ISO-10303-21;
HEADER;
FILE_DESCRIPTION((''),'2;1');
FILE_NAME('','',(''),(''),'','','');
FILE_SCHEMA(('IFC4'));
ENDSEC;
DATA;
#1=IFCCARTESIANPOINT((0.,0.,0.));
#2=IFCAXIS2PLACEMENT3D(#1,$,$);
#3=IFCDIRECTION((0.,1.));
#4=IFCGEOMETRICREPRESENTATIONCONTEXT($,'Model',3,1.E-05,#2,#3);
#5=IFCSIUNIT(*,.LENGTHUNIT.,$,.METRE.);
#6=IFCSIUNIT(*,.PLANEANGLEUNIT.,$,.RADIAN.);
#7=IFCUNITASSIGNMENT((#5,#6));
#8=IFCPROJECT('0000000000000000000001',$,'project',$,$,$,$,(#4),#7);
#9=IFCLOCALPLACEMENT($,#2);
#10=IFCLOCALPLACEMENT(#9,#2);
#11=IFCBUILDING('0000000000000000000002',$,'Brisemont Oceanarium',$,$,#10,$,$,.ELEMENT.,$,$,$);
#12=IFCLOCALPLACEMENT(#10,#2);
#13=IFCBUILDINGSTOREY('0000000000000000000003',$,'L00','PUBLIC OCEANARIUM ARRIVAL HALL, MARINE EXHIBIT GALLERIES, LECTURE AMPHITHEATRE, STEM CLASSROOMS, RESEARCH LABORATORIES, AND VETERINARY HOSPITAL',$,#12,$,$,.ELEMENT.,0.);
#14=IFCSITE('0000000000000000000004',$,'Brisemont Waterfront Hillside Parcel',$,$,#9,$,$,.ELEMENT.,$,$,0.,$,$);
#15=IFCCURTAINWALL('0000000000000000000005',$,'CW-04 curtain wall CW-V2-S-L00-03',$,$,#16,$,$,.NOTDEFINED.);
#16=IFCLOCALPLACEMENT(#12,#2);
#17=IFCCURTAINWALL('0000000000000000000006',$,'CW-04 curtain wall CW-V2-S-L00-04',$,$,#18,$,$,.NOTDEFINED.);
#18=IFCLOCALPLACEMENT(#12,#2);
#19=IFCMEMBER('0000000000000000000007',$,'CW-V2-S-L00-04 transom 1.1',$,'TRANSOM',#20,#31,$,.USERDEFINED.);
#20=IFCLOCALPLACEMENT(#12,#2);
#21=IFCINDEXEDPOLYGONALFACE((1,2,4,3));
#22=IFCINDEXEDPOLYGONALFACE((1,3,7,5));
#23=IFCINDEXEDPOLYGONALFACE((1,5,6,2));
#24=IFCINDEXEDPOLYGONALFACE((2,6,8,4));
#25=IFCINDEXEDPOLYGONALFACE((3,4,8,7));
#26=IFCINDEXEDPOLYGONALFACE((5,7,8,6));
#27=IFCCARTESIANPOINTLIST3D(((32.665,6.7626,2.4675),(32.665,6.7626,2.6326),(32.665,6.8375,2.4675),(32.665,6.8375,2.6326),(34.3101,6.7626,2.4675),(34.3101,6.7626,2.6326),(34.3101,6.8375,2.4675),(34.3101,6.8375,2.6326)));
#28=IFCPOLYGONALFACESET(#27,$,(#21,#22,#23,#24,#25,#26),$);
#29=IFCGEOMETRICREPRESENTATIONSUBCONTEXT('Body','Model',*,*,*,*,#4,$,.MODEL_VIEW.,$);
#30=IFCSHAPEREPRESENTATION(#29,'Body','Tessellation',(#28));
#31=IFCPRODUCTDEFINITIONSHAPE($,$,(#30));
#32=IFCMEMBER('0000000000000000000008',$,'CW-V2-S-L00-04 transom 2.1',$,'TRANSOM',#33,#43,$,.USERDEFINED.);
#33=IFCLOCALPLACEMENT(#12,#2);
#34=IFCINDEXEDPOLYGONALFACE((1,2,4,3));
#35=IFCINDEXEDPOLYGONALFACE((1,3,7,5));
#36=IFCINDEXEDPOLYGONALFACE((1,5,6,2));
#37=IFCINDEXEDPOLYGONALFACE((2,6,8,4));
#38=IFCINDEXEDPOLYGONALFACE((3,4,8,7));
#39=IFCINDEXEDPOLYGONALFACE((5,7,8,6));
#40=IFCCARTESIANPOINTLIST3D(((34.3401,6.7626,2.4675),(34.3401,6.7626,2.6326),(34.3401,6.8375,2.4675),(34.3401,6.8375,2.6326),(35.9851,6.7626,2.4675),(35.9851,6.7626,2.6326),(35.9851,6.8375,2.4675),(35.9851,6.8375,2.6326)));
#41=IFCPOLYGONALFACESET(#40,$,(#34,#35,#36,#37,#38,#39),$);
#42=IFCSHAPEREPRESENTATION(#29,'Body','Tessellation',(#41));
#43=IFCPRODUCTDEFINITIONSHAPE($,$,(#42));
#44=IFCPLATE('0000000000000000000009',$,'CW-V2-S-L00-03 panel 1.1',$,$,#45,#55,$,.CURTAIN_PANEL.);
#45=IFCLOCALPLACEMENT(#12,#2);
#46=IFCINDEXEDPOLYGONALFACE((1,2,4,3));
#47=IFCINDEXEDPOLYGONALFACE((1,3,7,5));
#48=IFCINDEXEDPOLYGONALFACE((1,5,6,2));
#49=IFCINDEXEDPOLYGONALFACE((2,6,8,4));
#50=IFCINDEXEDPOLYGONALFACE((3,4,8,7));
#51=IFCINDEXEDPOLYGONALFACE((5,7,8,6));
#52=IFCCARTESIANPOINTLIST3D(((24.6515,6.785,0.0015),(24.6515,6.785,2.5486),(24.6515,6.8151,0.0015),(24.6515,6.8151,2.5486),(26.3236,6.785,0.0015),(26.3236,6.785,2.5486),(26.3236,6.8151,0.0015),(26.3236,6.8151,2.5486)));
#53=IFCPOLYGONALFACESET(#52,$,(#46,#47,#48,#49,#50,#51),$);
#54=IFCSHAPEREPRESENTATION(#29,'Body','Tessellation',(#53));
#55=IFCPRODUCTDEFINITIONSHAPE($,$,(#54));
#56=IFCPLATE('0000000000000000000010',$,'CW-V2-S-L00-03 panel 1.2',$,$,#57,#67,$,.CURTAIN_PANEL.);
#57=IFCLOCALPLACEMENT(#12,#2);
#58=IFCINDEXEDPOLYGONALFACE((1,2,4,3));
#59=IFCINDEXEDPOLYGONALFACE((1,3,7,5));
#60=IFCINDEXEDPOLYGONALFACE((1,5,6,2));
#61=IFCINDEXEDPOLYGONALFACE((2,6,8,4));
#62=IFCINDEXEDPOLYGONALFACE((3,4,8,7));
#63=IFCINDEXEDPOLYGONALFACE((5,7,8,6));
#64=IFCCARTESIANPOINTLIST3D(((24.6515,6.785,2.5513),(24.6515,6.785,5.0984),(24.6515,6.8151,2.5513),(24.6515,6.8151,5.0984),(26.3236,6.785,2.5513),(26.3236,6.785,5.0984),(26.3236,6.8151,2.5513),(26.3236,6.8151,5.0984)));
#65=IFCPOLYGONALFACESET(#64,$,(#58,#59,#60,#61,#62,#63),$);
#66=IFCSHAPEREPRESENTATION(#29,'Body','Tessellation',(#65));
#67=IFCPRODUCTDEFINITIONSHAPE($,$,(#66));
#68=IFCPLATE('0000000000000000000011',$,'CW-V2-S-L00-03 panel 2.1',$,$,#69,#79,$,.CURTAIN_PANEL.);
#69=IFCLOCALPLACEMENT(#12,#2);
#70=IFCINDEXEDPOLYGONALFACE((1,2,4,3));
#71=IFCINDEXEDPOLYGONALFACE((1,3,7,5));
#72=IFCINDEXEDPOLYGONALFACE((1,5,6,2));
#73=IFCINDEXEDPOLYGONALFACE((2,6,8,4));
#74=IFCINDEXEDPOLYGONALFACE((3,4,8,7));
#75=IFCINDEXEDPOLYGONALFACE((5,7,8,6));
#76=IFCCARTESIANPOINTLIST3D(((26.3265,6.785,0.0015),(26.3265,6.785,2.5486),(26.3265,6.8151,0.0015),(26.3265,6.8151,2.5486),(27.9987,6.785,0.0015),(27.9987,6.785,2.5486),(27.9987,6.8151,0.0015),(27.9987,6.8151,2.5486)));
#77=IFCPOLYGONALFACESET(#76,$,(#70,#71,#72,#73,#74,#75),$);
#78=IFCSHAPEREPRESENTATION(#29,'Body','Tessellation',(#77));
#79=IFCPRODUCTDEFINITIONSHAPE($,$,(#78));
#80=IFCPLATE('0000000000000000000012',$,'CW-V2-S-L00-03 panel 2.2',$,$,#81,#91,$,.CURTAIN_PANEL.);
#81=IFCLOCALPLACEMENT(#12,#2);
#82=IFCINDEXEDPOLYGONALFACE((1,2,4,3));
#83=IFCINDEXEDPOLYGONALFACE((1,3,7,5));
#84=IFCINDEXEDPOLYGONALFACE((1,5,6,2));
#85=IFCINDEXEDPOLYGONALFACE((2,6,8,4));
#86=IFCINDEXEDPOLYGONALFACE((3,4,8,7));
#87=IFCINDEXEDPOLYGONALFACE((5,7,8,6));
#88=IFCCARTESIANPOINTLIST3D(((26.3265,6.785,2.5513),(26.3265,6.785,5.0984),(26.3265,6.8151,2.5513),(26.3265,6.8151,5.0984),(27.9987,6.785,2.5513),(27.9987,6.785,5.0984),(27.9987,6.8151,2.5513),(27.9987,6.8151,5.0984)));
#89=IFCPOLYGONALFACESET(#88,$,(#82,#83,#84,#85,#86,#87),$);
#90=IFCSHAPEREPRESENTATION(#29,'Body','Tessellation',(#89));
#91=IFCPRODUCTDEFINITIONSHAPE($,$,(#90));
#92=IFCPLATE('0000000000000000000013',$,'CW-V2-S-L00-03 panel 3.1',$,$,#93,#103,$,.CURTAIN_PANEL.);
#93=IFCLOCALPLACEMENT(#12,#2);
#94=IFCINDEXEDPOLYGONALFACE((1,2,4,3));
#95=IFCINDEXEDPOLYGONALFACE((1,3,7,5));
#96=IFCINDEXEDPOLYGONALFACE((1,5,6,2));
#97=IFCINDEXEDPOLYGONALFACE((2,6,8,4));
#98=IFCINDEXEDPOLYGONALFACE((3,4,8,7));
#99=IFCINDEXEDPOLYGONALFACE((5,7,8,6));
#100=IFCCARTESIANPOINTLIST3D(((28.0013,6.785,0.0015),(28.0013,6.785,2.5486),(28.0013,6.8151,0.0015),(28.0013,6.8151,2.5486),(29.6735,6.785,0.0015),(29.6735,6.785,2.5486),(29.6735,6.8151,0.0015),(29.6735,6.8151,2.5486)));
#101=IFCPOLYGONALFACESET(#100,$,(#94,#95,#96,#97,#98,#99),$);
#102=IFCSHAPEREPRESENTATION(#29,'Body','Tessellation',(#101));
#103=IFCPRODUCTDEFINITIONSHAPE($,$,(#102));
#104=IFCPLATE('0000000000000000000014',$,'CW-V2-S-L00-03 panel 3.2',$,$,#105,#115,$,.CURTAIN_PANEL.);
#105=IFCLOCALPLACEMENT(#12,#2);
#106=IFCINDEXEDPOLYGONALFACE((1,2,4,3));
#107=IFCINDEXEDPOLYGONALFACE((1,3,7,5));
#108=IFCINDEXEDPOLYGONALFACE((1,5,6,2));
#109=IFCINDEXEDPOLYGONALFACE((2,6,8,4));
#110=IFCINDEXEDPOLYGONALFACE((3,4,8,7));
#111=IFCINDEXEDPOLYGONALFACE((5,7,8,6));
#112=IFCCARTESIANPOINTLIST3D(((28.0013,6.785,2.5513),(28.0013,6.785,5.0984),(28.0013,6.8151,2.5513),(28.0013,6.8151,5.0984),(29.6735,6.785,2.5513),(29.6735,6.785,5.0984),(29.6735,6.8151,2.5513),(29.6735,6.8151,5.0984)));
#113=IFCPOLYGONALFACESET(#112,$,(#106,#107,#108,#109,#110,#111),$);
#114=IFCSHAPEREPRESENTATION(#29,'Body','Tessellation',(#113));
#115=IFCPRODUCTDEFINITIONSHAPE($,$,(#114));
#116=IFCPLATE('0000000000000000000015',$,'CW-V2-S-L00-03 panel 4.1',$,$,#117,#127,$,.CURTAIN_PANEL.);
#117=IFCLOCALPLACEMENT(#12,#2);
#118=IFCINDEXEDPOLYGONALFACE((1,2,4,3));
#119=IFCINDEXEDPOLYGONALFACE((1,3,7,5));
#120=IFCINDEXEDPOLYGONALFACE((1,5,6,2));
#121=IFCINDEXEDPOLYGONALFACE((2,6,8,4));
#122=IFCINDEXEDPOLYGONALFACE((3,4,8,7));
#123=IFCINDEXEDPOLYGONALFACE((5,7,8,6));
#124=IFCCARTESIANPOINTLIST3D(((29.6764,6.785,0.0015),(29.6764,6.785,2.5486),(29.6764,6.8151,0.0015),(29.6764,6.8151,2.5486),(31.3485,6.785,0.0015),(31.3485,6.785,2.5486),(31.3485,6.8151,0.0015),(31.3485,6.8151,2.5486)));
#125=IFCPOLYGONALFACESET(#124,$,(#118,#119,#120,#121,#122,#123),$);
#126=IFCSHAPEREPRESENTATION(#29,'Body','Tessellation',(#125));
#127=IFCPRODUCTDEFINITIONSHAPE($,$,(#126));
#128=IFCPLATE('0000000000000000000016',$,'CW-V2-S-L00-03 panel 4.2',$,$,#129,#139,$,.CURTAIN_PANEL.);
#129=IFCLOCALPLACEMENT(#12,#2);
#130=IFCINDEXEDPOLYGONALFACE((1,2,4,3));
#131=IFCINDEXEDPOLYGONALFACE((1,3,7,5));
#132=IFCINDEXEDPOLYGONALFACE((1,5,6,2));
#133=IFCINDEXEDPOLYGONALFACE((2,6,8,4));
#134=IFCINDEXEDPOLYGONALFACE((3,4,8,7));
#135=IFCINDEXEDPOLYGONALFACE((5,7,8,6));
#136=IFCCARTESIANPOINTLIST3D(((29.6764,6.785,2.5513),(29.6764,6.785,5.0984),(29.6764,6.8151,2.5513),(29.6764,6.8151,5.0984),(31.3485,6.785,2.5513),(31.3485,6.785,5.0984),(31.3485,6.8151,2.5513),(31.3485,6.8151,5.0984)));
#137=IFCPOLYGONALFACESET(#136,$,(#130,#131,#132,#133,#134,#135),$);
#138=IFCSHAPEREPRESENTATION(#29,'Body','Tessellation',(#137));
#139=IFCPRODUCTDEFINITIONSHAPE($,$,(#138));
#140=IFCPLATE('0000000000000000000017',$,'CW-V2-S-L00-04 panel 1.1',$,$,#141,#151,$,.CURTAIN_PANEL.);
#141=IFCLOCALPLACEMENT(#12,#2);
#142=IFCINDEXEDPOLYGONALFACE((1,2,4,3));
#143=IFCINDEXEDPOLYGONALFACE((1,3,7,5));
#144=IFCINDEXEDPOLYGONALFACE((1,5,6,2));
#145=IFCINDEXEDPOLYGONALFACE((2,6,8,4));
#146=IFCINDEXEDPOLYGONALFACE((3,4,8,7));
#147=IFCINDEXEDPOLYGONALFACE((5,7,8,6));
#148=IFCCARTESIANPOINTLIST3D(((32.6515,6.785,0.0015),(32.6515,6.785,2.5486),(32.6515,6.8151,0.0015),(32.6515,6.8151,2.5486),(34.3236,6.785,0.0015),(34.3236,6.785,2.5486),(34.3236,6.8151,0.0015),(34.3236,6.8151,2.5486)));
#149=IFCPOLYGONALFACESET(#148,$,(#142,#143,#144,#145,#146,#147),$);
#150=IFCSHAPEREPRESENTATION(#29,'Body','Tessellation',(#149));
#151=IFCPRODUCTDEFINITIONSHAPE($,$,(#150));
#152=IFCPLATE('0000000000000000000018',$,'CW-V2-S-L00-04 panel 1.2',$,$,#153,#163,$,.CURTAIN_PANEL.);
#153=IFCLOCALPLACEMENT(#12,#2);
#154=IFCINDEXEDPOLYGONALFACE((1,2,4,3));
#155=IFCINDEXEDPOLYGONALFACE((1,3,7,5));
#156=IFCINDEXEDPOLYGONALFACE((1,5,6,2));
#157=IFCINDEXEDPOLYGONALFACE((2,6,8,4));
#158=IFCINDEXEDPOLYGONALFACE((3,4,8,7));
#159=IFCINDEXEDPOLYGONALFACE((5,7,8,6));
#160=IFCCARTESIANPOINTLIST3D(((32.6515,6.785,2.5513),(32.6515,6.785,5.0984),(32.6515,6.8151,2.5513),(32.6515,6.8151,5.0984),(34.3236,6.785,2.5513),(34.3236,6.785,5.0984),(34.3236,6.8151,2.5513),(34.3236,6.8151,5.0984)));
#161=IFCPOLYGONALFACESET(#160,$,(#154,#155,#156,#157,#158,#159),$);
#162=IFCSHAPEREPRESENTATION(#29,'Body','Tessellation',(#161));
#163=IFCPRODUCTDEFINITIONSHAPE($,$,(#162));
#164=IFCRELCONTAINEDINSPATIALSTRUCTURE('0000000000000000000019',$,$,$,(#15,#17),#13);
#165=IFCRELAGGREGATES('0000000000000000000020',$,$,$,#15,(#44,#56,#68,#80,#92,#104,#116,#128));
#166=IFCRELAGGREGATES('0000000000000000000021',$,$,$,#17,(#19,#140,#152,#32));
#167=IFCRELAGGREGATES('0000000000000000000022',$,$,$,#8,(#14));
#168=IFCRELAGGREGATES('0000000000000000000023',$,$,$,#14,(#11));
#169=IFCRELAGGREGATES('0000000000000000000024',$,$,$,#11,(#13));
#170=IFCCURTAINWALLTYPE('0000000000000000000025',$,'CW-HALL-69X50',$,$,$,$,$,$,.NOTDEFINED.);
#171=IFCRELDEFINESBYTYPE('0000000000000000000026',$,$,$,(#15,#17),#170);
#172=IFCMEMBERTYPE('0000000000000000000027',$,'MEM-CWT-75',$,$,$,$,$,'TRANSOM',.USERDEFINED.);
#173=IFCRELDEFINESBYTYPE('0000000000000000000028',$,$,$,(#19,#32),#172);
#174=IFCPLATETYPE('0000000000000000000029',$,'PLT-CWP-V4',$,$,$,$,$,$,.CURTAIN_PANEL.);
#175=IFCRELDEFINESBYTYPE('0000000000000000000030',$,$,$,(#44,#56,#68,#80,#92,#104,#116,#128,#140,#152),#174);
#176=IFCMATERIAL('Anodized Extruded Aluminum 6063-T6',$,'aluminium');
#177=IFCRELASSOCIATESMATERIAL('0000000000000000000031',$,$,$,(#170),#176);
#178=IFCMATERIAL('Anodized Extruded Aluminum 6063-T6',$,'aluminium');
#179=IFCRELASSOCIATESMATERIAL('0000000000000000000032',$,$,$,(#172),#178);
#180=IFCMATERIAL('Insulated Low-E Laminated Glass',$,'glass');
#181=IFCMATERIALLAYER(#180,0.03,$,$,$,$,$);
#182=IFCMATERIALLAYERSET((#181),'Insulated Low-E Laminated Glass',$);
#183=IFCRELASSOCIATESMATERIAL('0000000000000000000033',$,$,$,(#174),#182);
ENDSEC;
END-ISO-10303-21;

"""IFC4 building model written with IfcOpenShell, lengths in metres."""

from ifc_helpers import new_model, si_unit, direction, frame, origin, origin_2d, place, context, subcontext, project, spatial, rectangle, extrude, material, layer, layer_set, material_profile, profile_set, type_object, element, aggregate, save


model = new_model("IFC4")

# Units and contexts
model_context = context("Model", 3, precision=1e-05, world=origin(), true_north=direction((0.0, 1.0)))
body_context = subcontext(model_context, "Body", "Model", "MODEL_VIEW")
ifc_project = project(units=[si_unit("LENGTHUNIT", "METRE"), si_unit("PLANEANGLEUNIT", "RADIAN")], contexts=[model_context])

# Site, building, storey
site_placement = place(None, origin())
site = spatial("IfcSite", under=ifc_project, at=site_placement, Name="Brisemont Waterfront Hillside Parcel", CompositionType="ELEMENT", RefElevation=0.0)
building_placement = place(site_placement, origin())
building = spatial("IfcBuilding", under=site, at=building_placement, Name="Brisemont Oceanarium", CompositionType="ELEMENT")
storey_placement = place(building_placement, origin())
storey = spatial("IfcBuildingStorey", under=building, at=storey_placement, Name="L00", Description="PUBLIC OCEANARIUM ARRIVAL HALL, MARINE EXHIBIT GALLERIES, LECTURE AMPHITHEATRE, STEM CLASSROOMS, RESEARCH LABORATORIES, AND VETERINARY HOSPITAL", CompositionType="ELEMENT", Elevation=0.0)

# Curtain walls
ifc_material_1 = material(Name="Anodized Extruded Aluminum 6063-T6", Category="aluminium")
curtain_wall_type = type_object("IfcCurtainWallType", Name="CW-HALL-69X50", PredefinedType="NOTDEFINED", material=ifc_material_1)
curtain_wall_1_placement = place(storey_placement, origin())
curtain_wall_1 = element("IfcCurtainWall", 1, at=curtain_wall_1_placement, inside=storey, type_object=curtain_wall_type, Name="CW-04 curtain wall CW-V2-S-L00-03", PredefinedType="NOTDEFINED")
curtain_wall_2_placement = place(storey_placement, origin())
curtain_wall_2 = element("IfcCurtainWall", 2, at=curtain_wall_2_placement, inside=storey, type_object=curtain_wall_type, Name="CW-04 curtain wall CW-V2-S-L00-04", PredefinedType="NOTDEFINED")

# Members
ifc_material_2 = material(Name="Anodized Extruded Aluminum 6063-T6", Category="aluminium")
ifc_material_profile_1 = material_profile(ifc_material_2, rectangle(XDim=0.075, YDim=0.165, at=origin_2d()), Name="CWT-75X165")
ifc_profile_set_1 = profile_set([ifc_material_profile_1], Name="Anodized Extruded Aluminum 6063-T6")
member_type_1 = type_object("IfcMemberType", Name="MEM-CWT-75", ElementType="TRANSOM", PredefinedType="USERDEFINED", material=ifc_profile_set_1)
member_1_placement = place(storey_placement, frame((32.665, 6.8, 2.55), z_axis=(1.0, 0.0, 0.0), x_axis=(0.0, 1.0, 0.0)))
member_1 = element("IfcMember", 3, at=member_1_placement, type_object=member_type_1, Name="CW-V2-S-L00-04 transom 1.1", ObjectType="TRANSOM", PredefinedType="USERDEFINED", context=body_context, shape_type="SweptSolid", body=[
    extrude(rectangle(XDim=0.075, YDim=0.165, at=origin_2d()), origin(), (0.0, 0.0, 1.0), 1.645),
])
member_2_placement = place(storey_placement, frame((34.3401, 6.8, 2.55), z_axis=(1.0, 0.0, 0.0), x_axis=(0.0, 1.0, 0.0)))
member_2 = element("IfcMember", 4, at=member_2_placement, type_object=member_type_1, Name="CW-V2-S-L00-04 transom 2.1", ObjectType="TRANSOM", PredefinedType="USERDEFINED", context=body_context, shape_type="SweptSolid", body=[
    extrude(rectangle(XDim=0.075, YDim=0.165, at=origin_2d()), origin(), (0.0, 0.0, 1.0), 1.645),
])

# Plates
ifc_material_3 = material(Name="Insulated Low-E Laminated Glass", Category="glass")
ifc_layer = layer(ifc_material_3, 0.03)
ifc_layer_set = layer_set([ifc_layer], Name="Insulated Low-E Laminated Glass")
plate_type = type_object("IfcPlateType", Name="PLT-CWP-V4", PredefinedType="CURTAIN_PANEL", material=ifc_layer_set)
plate_1_placement = place(storey_placement, frame((25.4875, 6.8, 0.0015), z_axis=(0.0, 0.0, 1.0), x_axis=(1.0, 0.0, 0.0)))
plate_1 = element("IfcPlate", 5, at=plate_1_placement, type_object=plate_type, Name="CW-V2-S-L00-03 panel 1.1", PredefinedType="CURTAIN_PANEL", context=body_context, shape_type="SweptSolid", body=[
    extrude(rectangle(XDim=1.6721, YDim=0.03, at=origin_2d()), origin(), (0.0, 0.0, 1.0), 2.5471),
])
plate_2_placement = place(storey_placement, frame((25.4875, 6.8, 2.5513), z_axis=(0.0, 0.0, 1.0), x_axis=(1.0, 0.0, 0.0)))
plate_2 = element("IfcPlate", 6, at=plate_2_placement, type_object=plate_type, Name="CW-V2-S-L00-03 panel 1.2", PredefinedType="CURTAIN_PANEL", context=body_context, shape_type="SweptSolid", body=[
    extrude(rectangle(XDim=1.6721, YDim=0.03, at=origin_2d()), origin(), (0.0, 0.0, 1.0), 2.5471),
])
plate_3_placement = place(storey_placement, frame((27.1626, 6.8, 0.0015), z_axis=(0.0, 0.0, 1.0), x_axis=(1.0, 0.0, 0.0)))
plate_3 = element("IfcPlate", 7, at=plate_3_placement, type_object=plate_type, Name="CW-V2-S-L00-03 panel 2.1", PredefinedType="CURTAIN_PANEL", context=body_context, shape_type="SweptSolid", body=[
    extrude(rectangle(XDim=1.6721, YDim=0.03, at=origin_2d()), origin(), (0.0, 0.0, 1.0), 2.5471),
])
plate_4_placement = place(storey_placement, frame((27.1626, 6.8, 2.5513), z_axis=(0.0, 0.0, 1.0), x_axis=(1.0, 0.0, 0.0)))
plate_4 = element("IfcPlate", 8, at=plate_4_placement, type_object=plate_type, Name="CW-V2-S-L00-03 panel 2.2", PredefinedType="CURTAIN_PANEL", context=body_context, shape_type="SweptSolid", body=[
    extrude(rectangle(XDim=1.6721, YDim=0.03, at=origin_2d()), origin(), (0.0, 0.0, 1.0), 2.5471),
])
plate_5_placement = place(storey_placement, frame((28.8374, 6.8, 0.0015), z_axis=(0.0, 0.0, 1.0), x_axis=(1.0, 0.0, 0.0)))
plate_5 = element("IfcPlate", 9, at=plate_5_placement, type_object=plate_type, Name="CW-V2-S-L00-03 panel 3.1", PredefinedType="CURTAIN_PANEL", context=body_context, shape_type="SweptSolid", body=[
    extrude(rectangle(XDim=1.6721, YDim=0.03, at=origin_2d()), origin(), (0.0, 0.0, 1.0), 2.5471),
])
plate_6_placement = place(storey_placement, frame((28.8374, 6.8, 2.5513), z_axis=(0.0, 0.0, 1.0), x_axis=(1.0, 0.0, 0.0)))
plate_6 = element("IfcPlate", 10, at=plate_6_placement, type_object=plate_type, Name="CW-V2-S-L00-03 panel 3.2", PredefinedType="CURTAIN_PANEL", context=body_context, shape_type="SweptSolid", body=[
    extrude(rectangle(XDim=1.6721, YDim=0.03, at=origin_2d()), origin(), (0.0, 0.0, 1.0), 2.5471),
])
plate_7_placement = place(storey_placement, frame((30.5125, 6.8, 0.0015), z_axis=(0.0, 0.0, 1.0), x_axis=(1.0, 0.0, 0.0)))
plate_7 = element("IfcPlate", 11, at=plate_7_placement, type_object=plate_type, Name="CW-V2-S-L00-03 panel 4.1", PredefinedType="CURTAIN_PANEL", context=body_context, shape_type="SweptSolid", body=[
    extrude(rectangle(XDim=1.6721, YDim=0.03, at=origin_2d()), origin(), (0.0, 0.0, 1.0), 2.5471),
])
plate_8_placement = place(storey_placement, frame((30.5125, 6.8, 2.5513), z_axis=(0.0, 0.0, 1.0), x_axis=(1.0, 0.0, 0.0)))
plate_8 = element("IfcPlate", 12, at=plate_8_placement, type_object=plate_type, Name="CW-V2-S-L00-03 panel 4.2", PredefinedType="CURTAIN_PANEL", context=body_context, shape_type="SweptSolid", body=[
    extrude(rectangle(XDim=1.6721, YDim=0.03, at=origin_2d()), origin(), (0.0, 0.0, 1.0), 2.5471),
])
aggregate(curtain_wall_1, [plate_1, plate_2, plate_3, plate_4, plate_5, plate_6, plate_7, plate_8])
plate_9_placement = place(storey_placement, frame((33.4875, 6.8, 0.0015), z_axis=(0.0, 0.0, 1.0), x_axis=(1.0, 0.0, 0.0)))
plate_9 = element("IfcPlate", 13, at=plate_9_placement, type_object=plate_type, Name="CW-V2-S-L00-04 panel 1.1", PredefinedType="CURTAIN_PANEL", context=body_context, shape_type="SweptSolid", body=[
    extrude(rectangle(XDim=1.6721, YDim=0.03, at=origin_2d()), origin(), (0.0, 0.0, 1.0), 2.5471),
])
plate_10_placement = place(storey_placement, frame((33.4875, 6.8, 2.5513), z_axis=(0.0, 0.0, 1.0), x_axis=(1.0, 0.0, 0.0)))
plate_10 = element("IfcPlate", 14, at=plate_10_placement, type_object=plate_type, Name="CW-V2-S-L00-04 panel 1.2", PredefinedType="CURTAIN_PANEL", context=body_context, shape_type="SweptSolid", body=[
    extrude(rectangle(XDim=1.6721, YDim=0.03, at=origin_2d()), origin(), (0.0, 0.0, 1.0), 2.5471),
])
aggregate(curtain_wall_2, [member_1, plate_9, plate_10, member_2])

save(model, "model.ifc")
